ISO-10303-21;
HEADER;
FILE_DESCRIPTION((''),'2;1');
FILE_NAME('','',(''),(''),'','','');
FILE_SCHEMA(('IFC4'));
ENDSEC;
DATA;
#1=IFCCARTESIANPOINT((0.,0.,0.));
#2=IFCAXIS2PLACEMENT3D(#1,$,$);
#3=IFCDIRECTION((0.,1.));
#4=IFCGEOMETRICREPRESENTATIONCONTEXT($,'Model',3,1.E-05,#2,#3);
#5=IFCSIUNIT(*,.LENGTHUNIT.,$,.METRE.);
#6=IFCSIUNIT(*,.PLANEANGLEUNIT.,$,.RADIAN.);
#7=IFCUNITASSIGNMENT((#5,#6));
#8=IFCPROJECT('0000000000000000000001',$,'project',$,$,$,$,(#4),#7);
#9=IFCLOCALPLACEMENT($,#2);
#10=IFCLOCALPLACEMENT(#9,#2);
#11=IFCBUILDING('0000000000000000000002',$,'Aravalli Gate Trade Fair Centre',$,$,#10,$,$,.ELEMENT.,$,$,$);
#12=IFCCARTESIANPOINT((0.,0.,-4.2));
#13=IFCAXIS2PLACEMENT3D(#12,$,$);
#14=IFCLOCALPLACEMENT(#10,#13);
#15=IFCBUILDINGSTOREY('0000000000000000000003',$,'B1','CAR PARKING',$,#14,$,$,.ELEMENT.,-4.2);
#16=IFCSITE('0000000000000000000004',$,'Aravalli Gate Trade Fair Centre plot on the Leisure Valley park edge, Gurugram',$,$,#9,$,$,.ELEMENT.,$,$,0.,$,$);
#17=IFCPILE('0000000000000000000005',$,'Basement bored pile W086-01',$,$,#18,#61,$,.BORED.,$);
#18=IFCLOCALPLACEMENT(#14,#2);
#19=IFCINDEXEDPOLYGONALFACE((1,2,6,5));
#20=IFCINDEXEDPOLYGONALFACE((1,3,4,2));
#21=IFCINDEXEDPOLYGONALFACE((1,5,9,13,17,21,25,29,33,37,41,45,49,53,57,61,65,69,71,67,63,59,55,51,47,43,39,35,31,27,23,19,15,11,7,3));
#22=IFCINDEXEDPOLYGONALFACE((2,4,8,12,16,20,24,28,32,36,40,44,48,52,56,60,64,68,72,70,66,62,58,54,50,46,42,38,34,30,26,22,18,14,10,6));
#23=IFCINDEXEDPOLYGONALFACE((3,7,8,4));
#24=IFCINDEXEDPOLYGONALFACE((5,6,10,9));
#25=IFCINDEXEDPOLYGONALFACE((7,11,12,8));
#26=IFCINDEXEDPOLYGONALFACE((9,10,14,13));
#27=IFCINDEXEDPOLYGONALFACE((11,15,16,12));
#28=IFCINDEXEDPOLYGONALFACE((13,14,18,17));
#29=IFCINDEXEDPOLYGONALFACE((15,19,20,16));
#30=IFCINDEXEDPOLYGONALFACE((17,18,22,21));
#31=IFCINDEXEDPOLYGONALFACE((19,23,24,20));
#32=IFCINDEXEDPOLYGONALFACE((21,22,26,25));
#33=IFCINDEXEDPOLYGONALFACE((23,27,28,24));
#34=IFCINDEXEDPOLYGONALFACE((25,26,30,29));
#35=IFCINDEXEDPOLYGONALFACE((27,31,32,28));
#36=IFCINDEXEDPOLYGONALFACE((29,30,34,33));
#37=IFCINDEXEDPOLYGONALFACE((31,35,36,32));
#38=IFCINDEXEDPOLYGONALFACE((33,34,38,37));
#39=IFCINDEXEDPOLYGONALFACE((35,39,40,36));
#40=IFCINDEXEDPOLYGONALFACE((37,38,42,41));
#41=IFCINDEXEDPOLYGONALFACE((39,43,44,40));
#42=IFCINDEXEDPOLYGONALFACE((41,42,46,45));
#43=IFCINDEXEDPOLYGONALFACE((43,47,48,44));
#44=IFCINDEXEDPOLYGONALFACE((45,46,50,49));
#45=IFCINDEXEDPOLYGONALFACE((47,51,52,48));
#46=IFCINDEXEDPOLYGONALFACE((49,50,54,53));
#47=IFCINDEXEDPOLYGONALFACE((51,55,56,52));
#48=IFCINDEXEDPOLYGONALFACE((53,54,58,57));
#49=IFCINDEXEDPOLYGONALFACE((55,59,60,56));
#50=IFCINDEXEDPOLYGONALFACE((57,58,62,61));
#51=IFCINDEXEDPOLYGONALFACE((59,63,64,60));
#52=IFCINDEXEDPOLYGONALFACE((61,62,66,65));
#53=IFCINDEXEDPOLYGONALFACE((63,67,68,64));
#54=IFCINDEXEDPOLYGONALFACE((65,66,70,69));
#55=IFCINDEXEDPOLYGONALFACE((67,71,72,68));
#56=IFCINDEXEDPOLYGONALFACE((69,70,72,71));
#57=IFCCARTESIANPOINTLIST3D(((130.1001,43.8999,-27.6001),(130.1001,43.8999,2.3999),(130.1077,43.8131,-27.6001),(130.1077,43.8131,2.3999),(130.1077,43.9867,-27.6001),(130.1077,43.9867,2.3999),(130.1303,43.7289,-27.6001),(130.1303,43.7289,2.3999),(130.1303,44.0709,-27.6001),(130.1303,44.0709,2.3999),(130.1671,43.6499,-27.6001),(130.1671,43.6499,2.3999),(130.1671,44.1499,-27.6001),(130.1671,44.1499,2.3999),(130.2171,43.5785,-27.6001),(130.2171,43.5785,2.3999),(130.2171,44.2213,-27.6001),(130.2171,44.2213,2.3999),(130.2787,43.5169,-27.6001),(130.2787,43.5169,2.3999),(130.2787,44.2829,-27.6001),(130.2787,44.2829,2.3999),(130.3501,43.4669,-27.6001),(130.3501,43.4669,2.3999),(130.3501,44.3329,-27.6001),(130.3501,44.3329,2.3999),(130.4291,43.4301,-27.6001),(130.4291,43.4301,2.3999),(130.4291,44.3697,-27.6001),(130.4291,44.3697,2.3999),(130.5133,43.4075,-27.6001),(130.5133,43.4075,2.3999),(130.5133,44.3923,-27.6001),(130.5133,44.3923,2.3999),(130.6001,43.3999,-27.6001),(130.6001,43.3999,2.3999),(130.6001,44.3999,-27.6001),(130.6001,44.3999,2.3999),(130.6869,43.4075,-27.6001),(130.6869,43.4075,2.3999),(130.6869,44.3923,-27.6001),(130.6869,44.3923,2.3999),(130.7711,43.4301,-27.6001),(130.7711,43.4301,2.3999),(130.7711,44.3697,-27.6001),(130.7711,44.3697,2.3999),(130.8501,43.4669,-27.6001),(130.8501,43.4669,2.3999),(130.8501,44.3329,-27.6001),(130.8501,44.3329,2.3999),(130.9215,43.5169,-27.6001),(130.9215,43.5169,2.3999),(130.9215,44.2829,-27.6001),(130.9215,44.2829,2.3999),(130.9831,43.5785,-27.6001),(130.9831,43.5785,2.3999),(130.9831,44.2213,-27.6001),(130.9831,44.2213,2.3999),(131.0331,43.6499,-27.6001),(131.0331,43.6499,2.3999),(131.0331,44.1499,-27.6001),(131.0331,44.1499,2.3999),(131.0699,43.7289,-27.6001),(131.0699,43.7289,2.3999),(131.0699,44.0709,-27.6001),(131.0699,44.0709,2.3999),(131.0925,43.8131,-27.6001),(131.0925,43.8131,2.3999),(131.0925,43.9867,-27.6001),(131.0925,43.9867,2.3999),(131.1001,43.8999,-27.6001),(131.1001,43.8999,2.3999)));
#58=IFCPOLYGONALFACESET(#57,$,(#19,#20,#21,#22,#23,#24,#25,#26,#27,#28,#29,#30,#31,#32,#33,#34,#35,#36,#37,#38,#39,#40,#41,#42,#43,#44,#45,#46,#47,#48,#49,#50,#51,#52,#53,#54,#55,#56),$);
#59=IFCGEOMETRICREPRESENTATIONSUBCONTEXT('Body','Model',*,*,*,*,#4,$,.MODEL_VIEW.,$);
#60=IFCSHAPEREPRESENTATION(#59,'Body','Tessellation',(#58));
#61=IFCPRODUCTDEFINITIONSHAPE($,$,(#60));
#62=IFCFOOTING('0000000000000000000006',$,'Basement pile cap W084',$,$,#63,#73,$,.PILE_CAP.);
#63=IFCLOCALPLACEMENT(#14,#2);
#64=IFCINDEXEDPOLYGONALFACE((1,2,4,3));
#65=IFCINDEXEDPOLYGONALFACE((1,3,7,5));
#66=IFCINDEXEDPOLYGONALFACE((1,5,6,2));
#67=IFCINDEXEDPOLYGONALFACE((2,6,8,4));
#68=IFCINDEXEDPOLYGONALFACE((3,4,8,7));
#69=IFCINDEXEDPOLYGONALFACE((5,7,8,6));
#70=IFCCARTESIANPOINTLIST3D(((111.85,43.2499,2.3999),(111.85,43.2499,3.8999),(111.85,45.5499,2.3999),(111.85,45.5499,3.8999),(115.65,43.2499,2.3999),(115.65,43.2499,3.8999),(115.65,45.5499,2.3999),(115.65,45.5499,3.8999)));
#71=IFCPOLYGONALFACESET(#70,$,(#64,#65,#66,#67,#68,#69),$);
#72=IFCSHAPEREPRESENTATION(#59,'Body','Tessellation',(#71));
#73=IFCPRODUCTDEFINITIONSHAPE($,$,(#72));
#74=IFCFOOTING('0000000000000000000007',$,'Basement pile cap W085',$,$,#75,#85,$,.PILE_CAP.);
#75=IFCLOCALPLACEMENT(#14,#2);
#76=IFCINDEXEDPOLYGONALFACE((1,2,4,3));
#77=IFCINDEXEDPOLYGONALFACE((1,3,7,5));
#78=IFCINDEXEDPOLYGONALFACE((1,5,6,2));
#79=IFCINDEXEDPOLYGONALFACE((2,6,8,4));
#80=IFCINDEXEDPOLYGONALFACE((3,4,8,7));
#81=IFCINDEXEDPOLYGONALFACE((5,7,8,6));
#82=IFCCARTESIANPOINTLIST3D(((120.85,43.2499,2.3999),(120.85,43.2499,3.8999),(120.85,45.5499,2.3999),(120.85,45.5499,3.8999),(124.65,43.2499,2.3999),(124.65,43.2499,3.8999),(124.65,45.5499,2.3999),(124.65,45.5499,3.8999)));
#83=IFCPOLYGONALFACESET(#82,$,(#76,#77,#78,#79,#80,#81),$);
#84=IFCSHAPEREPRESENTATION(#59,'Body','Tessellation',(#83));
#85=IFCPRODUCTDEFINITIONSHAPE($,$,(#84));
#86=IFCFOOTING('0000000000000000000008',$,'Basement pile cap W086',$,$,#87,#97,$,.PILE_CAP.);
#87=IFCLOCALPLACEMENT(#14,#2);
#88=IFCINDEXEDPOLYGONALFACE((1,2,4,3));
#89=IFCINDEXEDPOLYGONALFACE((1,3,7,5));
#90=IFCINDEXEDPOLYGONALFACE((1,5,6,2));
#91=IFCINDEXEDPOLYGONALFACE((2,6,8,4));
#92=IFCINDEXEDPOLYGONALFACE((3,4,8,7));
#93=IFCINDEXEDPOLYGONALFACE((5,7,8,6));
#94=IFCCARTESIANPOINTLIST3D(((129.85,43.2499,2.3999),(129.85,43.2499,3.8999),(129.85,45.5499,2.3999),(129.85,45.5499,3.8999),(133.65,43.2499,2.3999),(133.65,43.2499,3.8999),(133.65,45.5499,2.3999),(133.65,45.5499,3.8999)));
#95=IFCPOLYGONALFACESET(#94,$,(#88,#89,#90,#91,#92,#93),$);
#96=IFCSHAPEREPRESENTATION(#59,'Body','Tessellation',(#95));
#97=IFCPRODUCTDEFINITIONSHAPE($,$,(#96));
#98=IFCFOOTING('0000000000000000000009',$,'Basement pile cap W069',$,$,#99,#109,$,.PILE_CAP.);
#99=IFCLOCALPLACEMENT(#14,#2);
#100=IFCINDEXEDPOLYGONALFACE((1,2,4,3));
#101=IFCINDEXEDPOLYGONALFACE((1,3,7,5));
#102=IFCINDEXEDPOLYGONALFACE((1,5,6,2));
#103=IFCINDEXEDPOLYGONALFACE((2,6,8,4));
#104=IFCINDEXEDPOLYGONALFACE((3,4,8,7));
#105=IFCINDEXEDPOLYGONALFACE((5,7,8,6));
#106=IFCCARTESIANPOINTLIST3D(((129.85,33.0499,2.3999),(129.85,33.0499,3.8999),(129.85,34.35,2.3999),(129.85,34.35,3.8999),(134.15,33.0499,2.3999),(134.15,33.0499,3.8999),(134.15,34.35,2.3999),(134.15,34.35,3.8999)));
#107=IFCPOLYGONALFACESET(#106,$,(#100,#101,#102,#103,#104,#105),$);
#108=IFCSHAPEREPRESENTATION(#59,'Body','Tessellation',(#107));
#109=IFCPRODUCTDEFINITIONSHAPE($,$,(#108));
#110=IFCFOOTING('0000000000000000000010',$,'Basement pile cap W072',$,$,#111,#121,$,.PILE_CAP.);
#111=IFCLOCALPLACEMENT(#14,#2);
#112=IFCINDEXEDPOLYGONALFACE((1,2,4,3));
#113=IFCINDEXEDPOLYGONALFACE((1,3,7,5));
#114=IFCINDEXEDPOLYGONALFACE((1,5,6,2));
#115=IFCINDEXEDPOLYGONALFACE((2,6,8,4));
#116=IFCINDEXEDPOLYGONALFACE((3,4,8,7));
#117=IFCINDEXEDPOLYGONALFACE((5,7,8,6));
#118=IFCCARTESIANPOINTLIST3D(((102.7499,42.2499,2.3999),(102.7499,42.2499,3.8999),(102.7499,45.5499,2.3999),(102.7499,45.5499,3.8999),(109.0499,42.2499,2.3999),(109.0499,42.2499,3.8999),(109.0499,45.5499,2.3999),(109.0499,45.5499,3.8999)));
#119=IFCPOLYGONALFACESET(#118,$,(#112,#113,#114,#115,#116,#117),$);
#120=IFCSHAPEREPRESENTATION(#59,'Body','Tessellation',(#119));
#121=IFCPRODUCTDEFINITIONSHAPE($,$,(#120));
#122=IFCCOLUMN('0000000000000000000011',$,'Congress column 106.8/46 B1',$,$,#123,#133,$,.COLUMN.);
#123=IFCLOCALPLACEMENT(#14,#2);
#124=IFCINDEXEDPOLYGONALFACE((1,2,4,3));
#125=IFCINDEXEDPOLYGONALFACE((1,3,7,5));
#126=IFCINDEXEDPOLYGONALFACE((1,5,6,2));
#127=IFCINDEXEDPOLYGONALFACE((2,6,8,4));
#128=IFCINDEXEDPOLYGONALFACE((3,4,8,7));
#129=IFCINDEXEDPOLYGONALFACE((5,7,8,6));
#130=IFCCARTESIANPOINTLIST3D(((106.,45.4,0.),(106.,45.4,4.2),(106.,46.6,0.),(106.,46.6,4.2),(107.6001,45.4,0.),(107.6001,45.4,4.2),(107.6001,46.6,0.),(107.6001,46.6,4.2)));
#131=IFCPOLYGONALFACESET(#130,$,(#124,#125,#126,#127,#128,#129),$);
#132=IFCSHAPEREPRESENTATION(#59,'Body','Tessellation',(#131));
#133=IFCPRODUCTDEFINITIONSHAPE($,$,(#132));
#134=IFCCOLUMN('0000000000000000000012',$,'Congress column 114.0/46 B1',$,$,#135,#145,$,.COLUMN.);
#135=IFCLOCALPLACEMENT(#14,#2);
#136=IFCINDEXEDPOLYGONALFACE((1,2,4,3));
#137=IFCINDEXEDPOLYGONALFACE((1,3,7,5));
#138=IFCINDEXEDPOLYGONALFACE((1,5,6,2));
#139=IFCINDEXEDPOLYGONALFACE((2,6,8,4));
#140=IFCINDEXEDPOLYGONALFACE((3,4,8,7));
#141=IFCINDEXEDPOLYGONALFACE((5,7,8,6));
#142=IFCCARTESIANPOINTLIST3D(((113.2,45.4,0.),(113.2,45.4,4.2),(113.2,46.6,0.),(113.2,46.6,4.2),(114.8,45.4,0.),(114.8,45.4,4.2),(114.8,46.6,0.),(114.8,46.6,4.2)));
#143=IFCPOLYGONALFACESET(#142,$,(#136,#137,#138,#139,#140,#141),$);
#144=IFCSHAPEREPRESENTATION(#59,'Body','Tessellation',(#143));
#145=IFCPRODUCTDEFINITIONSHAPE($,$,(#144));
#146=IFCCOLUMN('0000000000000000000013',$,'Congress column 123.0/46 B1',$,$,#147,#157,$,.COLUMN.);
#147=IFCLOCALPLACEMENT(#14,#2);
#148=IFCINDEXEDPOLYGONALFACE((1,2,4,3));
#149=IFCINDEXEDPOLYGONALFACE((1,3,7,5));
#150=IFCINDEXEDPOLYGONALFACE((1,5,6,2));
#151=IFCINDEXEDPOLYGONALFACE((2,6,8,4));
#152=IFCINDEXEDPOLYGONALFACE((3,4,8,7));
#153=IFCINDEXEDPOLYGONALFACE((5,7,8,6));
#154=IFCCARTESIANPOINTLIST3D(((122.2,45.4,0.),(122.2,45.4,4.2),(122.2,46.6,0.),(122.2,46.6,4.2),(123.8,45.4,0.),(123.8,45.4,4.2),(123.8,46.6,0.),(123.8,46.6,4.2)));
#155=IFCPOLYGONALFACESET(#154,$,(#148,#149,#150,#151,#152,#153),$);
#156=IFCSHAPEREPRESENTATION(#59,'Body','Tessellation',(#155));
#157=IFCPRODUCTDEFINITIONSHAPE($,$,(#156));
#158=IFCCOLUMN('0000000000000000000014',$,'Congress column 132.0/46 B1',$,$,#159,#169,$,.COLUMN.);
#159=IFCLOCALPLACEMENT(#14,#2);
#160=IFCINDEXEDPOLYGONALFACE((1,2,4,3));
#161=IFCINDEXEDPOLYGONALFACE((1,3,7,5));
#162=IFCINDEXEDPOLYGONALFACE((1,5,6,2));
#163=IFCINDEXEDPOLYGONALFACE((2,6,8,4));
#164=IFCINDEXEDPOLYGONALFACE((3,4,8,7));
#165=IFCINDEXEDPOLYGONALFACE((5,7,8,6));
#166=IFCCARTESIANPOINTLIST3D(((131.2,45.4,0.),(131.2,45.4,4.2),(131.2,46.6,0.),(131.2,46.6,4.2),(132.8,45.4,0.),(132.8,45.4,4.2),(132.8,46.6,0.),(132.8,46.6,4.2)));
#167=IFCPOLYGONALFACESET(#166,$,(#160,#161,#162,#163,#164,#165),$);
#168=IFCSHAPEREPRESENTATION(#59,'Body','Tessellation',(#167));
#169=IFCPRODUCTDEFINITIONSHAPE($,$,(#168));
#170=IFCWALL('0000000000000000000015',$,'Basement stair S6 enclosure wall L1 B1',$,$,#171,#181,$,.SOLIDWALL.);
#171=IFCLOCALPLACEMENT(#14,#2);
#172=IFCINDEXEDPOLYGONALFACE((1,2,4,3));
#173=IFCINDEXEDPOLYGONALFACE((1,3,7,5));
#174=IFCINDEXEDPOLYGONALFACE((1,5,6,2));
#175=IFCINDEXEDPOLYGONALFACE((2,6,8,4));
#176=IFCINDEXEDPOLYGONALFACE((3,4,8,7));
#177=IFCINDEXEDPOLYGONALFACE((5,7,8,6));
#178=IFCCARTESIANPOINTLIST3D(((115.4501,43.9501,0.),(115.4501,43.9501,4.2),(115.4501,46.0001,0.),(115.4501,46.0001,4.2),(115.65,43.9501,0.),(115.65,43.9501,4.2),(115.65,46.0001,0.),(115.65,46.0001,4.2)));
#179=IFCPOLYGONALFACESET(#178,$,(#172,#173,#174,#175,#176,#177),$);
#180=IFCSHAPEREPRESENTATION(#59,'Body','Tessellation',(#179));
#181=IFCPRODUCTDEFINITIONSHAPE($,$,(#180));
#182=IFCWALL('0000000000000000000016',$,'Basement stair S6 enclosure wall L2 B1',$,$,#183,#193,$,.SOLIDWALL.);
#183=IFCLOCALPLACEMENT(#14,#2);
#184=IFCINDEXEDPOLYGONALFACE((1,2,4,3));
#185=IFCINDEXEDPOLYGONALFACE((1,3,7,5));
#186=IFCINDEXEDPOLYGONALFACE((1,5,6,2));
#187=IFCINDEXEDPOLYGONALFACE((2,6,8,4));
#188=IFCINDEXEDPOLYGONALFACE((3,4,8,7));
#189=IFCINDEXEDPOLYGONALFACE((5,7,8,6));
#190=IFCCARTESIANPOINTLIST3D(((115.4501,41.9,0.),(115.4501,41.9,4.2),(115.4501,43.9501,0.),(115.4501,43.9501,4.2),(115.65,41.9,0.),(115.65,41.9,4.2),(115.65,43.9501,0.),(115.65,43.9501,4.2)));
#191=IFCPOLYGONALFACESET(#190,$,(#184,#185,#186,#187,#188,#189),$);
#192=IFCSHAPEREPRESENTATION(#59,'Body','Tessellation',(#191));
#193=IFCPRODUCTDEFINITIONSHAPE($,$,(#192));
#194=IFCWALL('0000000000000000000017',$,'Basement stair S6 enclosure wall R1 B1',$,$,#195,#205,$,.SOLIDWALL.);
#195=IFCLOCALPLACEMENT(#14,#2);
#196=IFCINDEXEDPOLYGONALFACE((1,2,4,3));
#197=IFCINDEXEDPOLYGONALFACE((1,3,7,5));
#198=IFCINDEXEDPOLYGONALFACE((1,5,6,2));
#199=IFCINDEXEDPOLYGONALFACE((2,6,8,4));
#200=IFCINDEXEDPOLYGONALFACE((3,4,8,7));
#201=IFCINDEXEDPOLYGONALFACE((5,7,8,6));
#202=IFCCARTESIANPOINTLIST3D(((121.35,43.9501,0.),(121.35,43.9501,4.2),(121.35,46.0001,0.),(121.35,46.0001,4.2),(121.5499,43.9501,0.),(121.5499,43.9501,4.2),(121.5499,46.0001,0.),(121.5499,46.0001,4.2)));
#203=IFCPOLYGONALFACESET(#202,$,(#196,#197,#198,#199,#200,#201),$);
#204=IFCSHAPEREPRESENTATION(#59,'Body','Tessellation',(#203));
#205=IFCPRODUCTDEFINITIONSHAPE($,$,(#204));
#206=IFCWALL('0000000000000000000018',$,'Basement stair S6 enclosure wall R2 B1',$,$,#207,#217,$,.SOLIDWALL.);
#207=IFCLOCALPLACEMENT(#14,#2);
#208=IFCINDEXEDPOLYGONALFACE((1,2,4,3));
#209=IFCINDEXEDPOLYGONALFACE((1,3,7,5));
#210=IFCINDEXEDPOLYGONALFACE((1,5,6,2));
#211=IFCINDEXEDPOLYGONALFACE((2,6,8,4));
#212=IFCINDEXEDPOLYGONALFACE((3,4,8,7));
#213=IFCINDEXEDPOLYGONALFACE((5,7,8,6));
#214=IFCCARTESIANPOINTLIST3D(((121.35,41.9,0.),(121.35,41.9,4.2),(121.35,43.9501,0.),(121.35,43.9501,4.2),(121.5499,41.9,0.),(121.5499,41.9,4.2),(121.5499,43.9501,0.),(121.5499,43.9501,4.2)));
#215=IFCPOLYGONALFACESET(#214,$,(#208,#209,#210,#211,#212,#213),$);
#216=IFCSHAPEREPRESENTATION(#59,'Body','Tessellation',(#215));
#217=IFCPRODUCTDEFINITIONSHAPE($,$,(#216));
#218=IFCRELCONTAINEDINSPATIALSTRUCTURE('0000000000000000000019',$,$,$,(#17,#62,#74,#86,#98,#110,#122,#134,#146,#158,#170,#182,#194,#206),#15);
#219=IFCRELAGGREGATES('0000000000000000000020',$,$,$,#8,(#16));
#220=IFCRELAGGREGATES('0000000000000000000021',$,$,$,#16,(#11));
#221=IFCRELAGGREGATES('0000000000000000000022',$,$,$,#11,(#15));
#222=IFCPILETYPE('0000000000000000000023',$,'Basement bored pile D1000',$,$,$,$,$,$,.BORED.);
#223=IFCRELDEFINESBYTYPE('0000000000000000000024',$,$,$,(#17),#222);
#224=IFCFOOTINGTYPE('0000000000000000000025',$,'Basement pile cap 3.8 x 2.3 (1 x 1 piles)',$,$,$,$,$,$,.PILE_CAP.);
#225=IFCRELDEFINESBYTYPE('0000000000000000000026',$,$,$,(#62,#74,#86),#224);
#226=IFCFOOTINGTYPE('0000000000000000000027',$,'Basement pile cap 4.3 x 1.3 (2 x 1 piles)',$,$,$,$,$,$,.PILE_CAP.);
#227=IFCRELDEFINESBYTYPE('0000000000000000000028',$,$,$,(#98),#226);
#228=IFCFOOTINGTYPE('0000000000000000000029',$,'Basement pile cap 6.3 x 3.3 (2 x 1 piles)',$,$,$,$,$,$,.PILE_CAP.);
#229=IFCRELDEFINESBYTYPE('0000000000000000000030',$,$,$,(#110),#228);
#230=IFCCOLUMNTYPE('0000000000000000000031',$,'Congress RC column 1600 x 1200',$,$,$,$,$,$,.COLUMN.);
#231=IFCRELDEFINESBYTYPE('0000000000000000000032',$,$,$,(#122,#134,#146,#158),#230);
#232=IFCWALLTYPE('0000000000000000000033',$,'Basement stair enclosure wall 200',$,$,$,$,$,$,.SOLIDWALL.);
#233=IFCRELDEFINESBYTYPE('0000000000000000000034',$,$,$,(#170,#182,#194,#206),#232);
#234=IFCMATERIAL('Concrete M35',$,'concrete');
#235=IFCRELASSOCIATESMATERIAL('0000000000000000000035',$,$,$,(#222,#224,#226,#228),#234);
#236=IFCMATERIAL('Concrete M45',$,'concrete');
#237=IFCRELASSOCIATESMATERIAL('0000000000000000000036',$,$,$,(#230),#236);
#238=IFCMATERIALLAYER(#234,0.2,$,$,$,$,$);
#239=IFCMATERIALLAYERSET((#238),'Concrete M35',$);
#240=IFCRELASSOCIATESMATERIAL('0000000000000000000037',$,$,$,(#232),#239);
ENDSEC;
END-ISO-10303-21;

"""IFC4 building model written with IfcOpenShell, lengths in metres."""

from ifc_helpers import new_model, si_unit, direction, frame, frame_2d, origin, origin_2d, place, context, subcontext, project, spatial, rectangle, circle, extrude, material, layer, layer_set, material_profile, profile_set, type_object, element, save


model = new_model("IFC4")

# Units and contexts
model_context = context("Model", 3, precision=1e-05, world=origin(), true_north=direction((0.0, 1.0)))
body_context = subcontext(model_context, "Body", "Model", "MODEL_VIEW")
ifc_project = project(units=[si_unit("LENGTHUNIT", "METRE"), si_unit("PLANEANGLEUNIT", "RADIAN")], contexts=[model_context])

# Site, building, storey
site_placement = place(None, origin())
site = spatial("IfcSite", under=ifc_project, at=site_placement, Name="Aravalli Gate Trade Fair Centre plot on the Leisure Valley park edge, Gurugram", CompositionType="ELEMENT", RefElevation=0.0)
building_placement = place(site_placement, origin())
building = spatial("IfcBuilding", under=site, at=building_placement, Name="Aravalli Gate Trade Fair Centre", CompositionType="ELEMENT")
storey_placement = place(building_placement, frame((0.0, 0.0, -4.2)))
storey = spatial("IfcBuildingStorey", under=building, at=storey_placement, Name="B1", Description="CAR PARKING", CompositionType="ELEMENT", Elevation=-4.2)

# Pile
ifc_material_1 = material(Name="Concrete M35", Category="concrete")
ifc_material_profile_1 = material_profile(ifc_material_1, circle(Radius=0.5, at=origin_2d()), Name="D1000")
ifc_profile_set_1 = profile_set([ifc_material_profile_1], Name="Concrete M35")
pile_type = type_object("IfcPileType", Name="Basement bored pile D1000", PredefinedType="BORED", material=ifc_profile_set_1)
for number, where, z_axis, x_axis, name in (
    (1, (130.6001, 43.8999, 2.3999), (0.0, 0.0, -1.0), (1.0, 0.0, 0.0), "Basement bored pile W086-01"),
):
    element("IfcPile", number, at=place(storey_placement, frame(where, z_axis=z_axis, x_axis=x_axis)), inside=storey, type_object=pile_type, Name=name, PredefinedType="BORED", context=body_context, shape_type="SweptSolid", body=[
        extrude(circle(Radius=0.5, at=origin_2d()), origin(), (0.0, 0.0, 1.0), 30.0),
    ])

# Footings
footing_type_1 = type_object("IfcFootingType", Name="Basement pile cap 3.8 x 2.3 (1 x 1 piles)", PredefinedType="PILE_CAP", material=ifc_material_1)
for number, where, z_axis, x_axis, name in (
    (2, (113.75, 44.3999, 2.3999), (0.0, 0.0, 1.0), (1.0, 0.0, 0.0), "Basement pile cap W084"),
    (3, (122.75, 44.3999, 2.3999), (0.0, 0.0, 1.0), (1.0, 0.0, 0.0), "Basement pile cap W085"),
    (4, (131.75, 44.3999, 2.3999), (0.0, 0.0, 1.0), (1.0, 0.0, 0.0), "Basement pile cap W086"),
):
    element("IfcFooting", number, at=place(storey_placement, frame(where, z_axis=z_axis, x_axis=x_axis)), inside=storey, type_object=footing_type_1, Name=name, PredefinedType="PILE_CAP", context=body_context, shape_type="SweptSolid", body=[
        extrude(rectangle(XDim=3.8, YDim=2.3, at=origin_2d()), origin(), (0.0, 0.0, 1.0), 1.5),
    ])
footing_type_2 = type_object("IfcFootingType", Name="Basement pile cap 4.3 x 1.3 (2 x 1 piles)", PredefinedType="PILE_CAP", material=ifc_material_1)
footing_1_placement = place(storey_placement, frame((132.0, 33.7, 2.3999), z_axis=(0.0, 0.0, 1.0), x_axis=(1.0, 0.0, 0.0)))
element("IfcFooting", 5, at=footing_1_placement, inside=storey, type_object=footing_type_2, Name="Basement pile cap W069", PredefinedType="PILE_CAP", context=body_context, shape_type="SweptSolid", body=[
    extrude(rectangle(XDim=4.3, YDim=1.3, at=origin_2d()), origin(), (0.0, 0.0, 1.0), 1.5),
])
footing_type_3 = type_object("IfcFootingType", Name="Basement pile cap 6.3 x 3.3 (2 x 1 piles)", PredefinedType="PILE_CAP", material=ifc_material_1)
footing_2_placement = place(storey_placement, frame((105.8999, 43.8999, 2.3999), z_axis=(0.0, 0.0, 1.0), x_axis=(1.0, 0.0, 0.0)))
element("IfcFooting", 6, at=footing_2_placement, inside=storey, type_object=footing_type_3, Name="Basement pile cap W072", PredefinedType="PILE_CAP", context=body_context, shape_type="SweptSolid", body=[
    extrude(rectangle(XDim=6.3, YDim=3.3, at=origin_2d()), origin(), (0.0, 0.0, 1.0), 1.5),
])

# Columns
ifc_material_2 = material(Name="Concrete M45", Category="concrete")
ifc_material_profile_2 = material_profile(ifc_material_2, rectangle(XDim=1.6001, YDim=1.2, at=origin_2d()), Name="RC 1600x1200")
ifc_profile_set_2 = profile_set([ifc_material_profile_2], Name="Concrete M45")
column_type = type_object("IfcColumnType", Name="Congress RC column 1600 x 1200", PredefinedType="COLUMN", material=ifc_profile_set_2)
for number, where, z_axis, x_axis, name in (
    (7, (106.8, 46.0, 0.0), (0.0, 0.0, 1.0), (1.0, 0.0, 0.0), "Congress column 106.8/46 B1"),
    (8, (114.0, 46.0, 0.0), (0.0, 0.0, 1.0), (1.0, 0.0, 0.0), "Congress column 114.0/46 B1"),
    (9, (123.0, 46.0, 0.0), (0.0, 0.0, 1.0), (1.0, 0.0, 0.0), "Congress column 123.0/46 B1"),
    (10, (132.0, 46.0, 0.0), (0.0, 0.0, 1.0), (1.0, 0.0, 0.0), "Congress column 132.0/46 B1"),
):
    element("IfcColumn", number, at=place(storey_placement, frame(where, z_axis=z_axis, x_axis=x_axis)), inside=storey, type_object=column_type, Name=name, PredefinedType="COLUMN", context=body_context, shape_type="SweptSolid", body=[
        extrude(rectangle(XDim=1.6001, YDim=1.2, at=origin_2d()), origin(), (0.0, 0.0, 1.0), 4.2),
    ])

# Walls
ifc_layer = layer(ifc_material_1, 0.2)
ifc_layer_set = layer_set([ifc_layer], Name="Concrete M35")
wall_type = type_object("IfcWallType", Name="Basement stair enclosure wall 200", PredefinedType="SOLIDWALL", material=ifc_layer_set)
for number, where, z_axis, x_axis, name in (
    (11, (115.55, 46.0, 0.0), (0.0, 0.0, 1.0), (0.0, -1.0, 0.0), "Basement stair S6 enclosure wall L1 B1"),
    (12, (115.55, 43.95, 0.0), (0.0, 0.0, 1.0), (0.0, -1.0, 0.0), "Basement stair S6 enclosure wall L2 B1"),
    (13, (121.45, 46.0, 0.0), (0.0, 0.0, 1.0), (0.0, -1.0, 0.0), "Basement stair S6 enclosure wall R1 B1"),
    (14, (121.45, 43.95, 0.0), (0.0, 0.0, 1.0), (0.0, -1.0, 0.0), "Basement stair S6 enclosure wall R2 B1"),
):
    element("IfcWall", number, at=place(storey_placement, frame(where, z_axis=z_axis, x_axis=x_axis)), inside=storey, type_object=wall_type, Name=name, PredefinedType="SOLIDWALL", context=body_context, shape_type="SweptSolid", body=[
        extrude(rectangle(XDim=2.05, YDim=0.2, at=frame_2d((1.0249, 0.0))), origin(), (0.0, 0.0, 1.0), 4.2),
    ])

save(model, "model.ifc")
